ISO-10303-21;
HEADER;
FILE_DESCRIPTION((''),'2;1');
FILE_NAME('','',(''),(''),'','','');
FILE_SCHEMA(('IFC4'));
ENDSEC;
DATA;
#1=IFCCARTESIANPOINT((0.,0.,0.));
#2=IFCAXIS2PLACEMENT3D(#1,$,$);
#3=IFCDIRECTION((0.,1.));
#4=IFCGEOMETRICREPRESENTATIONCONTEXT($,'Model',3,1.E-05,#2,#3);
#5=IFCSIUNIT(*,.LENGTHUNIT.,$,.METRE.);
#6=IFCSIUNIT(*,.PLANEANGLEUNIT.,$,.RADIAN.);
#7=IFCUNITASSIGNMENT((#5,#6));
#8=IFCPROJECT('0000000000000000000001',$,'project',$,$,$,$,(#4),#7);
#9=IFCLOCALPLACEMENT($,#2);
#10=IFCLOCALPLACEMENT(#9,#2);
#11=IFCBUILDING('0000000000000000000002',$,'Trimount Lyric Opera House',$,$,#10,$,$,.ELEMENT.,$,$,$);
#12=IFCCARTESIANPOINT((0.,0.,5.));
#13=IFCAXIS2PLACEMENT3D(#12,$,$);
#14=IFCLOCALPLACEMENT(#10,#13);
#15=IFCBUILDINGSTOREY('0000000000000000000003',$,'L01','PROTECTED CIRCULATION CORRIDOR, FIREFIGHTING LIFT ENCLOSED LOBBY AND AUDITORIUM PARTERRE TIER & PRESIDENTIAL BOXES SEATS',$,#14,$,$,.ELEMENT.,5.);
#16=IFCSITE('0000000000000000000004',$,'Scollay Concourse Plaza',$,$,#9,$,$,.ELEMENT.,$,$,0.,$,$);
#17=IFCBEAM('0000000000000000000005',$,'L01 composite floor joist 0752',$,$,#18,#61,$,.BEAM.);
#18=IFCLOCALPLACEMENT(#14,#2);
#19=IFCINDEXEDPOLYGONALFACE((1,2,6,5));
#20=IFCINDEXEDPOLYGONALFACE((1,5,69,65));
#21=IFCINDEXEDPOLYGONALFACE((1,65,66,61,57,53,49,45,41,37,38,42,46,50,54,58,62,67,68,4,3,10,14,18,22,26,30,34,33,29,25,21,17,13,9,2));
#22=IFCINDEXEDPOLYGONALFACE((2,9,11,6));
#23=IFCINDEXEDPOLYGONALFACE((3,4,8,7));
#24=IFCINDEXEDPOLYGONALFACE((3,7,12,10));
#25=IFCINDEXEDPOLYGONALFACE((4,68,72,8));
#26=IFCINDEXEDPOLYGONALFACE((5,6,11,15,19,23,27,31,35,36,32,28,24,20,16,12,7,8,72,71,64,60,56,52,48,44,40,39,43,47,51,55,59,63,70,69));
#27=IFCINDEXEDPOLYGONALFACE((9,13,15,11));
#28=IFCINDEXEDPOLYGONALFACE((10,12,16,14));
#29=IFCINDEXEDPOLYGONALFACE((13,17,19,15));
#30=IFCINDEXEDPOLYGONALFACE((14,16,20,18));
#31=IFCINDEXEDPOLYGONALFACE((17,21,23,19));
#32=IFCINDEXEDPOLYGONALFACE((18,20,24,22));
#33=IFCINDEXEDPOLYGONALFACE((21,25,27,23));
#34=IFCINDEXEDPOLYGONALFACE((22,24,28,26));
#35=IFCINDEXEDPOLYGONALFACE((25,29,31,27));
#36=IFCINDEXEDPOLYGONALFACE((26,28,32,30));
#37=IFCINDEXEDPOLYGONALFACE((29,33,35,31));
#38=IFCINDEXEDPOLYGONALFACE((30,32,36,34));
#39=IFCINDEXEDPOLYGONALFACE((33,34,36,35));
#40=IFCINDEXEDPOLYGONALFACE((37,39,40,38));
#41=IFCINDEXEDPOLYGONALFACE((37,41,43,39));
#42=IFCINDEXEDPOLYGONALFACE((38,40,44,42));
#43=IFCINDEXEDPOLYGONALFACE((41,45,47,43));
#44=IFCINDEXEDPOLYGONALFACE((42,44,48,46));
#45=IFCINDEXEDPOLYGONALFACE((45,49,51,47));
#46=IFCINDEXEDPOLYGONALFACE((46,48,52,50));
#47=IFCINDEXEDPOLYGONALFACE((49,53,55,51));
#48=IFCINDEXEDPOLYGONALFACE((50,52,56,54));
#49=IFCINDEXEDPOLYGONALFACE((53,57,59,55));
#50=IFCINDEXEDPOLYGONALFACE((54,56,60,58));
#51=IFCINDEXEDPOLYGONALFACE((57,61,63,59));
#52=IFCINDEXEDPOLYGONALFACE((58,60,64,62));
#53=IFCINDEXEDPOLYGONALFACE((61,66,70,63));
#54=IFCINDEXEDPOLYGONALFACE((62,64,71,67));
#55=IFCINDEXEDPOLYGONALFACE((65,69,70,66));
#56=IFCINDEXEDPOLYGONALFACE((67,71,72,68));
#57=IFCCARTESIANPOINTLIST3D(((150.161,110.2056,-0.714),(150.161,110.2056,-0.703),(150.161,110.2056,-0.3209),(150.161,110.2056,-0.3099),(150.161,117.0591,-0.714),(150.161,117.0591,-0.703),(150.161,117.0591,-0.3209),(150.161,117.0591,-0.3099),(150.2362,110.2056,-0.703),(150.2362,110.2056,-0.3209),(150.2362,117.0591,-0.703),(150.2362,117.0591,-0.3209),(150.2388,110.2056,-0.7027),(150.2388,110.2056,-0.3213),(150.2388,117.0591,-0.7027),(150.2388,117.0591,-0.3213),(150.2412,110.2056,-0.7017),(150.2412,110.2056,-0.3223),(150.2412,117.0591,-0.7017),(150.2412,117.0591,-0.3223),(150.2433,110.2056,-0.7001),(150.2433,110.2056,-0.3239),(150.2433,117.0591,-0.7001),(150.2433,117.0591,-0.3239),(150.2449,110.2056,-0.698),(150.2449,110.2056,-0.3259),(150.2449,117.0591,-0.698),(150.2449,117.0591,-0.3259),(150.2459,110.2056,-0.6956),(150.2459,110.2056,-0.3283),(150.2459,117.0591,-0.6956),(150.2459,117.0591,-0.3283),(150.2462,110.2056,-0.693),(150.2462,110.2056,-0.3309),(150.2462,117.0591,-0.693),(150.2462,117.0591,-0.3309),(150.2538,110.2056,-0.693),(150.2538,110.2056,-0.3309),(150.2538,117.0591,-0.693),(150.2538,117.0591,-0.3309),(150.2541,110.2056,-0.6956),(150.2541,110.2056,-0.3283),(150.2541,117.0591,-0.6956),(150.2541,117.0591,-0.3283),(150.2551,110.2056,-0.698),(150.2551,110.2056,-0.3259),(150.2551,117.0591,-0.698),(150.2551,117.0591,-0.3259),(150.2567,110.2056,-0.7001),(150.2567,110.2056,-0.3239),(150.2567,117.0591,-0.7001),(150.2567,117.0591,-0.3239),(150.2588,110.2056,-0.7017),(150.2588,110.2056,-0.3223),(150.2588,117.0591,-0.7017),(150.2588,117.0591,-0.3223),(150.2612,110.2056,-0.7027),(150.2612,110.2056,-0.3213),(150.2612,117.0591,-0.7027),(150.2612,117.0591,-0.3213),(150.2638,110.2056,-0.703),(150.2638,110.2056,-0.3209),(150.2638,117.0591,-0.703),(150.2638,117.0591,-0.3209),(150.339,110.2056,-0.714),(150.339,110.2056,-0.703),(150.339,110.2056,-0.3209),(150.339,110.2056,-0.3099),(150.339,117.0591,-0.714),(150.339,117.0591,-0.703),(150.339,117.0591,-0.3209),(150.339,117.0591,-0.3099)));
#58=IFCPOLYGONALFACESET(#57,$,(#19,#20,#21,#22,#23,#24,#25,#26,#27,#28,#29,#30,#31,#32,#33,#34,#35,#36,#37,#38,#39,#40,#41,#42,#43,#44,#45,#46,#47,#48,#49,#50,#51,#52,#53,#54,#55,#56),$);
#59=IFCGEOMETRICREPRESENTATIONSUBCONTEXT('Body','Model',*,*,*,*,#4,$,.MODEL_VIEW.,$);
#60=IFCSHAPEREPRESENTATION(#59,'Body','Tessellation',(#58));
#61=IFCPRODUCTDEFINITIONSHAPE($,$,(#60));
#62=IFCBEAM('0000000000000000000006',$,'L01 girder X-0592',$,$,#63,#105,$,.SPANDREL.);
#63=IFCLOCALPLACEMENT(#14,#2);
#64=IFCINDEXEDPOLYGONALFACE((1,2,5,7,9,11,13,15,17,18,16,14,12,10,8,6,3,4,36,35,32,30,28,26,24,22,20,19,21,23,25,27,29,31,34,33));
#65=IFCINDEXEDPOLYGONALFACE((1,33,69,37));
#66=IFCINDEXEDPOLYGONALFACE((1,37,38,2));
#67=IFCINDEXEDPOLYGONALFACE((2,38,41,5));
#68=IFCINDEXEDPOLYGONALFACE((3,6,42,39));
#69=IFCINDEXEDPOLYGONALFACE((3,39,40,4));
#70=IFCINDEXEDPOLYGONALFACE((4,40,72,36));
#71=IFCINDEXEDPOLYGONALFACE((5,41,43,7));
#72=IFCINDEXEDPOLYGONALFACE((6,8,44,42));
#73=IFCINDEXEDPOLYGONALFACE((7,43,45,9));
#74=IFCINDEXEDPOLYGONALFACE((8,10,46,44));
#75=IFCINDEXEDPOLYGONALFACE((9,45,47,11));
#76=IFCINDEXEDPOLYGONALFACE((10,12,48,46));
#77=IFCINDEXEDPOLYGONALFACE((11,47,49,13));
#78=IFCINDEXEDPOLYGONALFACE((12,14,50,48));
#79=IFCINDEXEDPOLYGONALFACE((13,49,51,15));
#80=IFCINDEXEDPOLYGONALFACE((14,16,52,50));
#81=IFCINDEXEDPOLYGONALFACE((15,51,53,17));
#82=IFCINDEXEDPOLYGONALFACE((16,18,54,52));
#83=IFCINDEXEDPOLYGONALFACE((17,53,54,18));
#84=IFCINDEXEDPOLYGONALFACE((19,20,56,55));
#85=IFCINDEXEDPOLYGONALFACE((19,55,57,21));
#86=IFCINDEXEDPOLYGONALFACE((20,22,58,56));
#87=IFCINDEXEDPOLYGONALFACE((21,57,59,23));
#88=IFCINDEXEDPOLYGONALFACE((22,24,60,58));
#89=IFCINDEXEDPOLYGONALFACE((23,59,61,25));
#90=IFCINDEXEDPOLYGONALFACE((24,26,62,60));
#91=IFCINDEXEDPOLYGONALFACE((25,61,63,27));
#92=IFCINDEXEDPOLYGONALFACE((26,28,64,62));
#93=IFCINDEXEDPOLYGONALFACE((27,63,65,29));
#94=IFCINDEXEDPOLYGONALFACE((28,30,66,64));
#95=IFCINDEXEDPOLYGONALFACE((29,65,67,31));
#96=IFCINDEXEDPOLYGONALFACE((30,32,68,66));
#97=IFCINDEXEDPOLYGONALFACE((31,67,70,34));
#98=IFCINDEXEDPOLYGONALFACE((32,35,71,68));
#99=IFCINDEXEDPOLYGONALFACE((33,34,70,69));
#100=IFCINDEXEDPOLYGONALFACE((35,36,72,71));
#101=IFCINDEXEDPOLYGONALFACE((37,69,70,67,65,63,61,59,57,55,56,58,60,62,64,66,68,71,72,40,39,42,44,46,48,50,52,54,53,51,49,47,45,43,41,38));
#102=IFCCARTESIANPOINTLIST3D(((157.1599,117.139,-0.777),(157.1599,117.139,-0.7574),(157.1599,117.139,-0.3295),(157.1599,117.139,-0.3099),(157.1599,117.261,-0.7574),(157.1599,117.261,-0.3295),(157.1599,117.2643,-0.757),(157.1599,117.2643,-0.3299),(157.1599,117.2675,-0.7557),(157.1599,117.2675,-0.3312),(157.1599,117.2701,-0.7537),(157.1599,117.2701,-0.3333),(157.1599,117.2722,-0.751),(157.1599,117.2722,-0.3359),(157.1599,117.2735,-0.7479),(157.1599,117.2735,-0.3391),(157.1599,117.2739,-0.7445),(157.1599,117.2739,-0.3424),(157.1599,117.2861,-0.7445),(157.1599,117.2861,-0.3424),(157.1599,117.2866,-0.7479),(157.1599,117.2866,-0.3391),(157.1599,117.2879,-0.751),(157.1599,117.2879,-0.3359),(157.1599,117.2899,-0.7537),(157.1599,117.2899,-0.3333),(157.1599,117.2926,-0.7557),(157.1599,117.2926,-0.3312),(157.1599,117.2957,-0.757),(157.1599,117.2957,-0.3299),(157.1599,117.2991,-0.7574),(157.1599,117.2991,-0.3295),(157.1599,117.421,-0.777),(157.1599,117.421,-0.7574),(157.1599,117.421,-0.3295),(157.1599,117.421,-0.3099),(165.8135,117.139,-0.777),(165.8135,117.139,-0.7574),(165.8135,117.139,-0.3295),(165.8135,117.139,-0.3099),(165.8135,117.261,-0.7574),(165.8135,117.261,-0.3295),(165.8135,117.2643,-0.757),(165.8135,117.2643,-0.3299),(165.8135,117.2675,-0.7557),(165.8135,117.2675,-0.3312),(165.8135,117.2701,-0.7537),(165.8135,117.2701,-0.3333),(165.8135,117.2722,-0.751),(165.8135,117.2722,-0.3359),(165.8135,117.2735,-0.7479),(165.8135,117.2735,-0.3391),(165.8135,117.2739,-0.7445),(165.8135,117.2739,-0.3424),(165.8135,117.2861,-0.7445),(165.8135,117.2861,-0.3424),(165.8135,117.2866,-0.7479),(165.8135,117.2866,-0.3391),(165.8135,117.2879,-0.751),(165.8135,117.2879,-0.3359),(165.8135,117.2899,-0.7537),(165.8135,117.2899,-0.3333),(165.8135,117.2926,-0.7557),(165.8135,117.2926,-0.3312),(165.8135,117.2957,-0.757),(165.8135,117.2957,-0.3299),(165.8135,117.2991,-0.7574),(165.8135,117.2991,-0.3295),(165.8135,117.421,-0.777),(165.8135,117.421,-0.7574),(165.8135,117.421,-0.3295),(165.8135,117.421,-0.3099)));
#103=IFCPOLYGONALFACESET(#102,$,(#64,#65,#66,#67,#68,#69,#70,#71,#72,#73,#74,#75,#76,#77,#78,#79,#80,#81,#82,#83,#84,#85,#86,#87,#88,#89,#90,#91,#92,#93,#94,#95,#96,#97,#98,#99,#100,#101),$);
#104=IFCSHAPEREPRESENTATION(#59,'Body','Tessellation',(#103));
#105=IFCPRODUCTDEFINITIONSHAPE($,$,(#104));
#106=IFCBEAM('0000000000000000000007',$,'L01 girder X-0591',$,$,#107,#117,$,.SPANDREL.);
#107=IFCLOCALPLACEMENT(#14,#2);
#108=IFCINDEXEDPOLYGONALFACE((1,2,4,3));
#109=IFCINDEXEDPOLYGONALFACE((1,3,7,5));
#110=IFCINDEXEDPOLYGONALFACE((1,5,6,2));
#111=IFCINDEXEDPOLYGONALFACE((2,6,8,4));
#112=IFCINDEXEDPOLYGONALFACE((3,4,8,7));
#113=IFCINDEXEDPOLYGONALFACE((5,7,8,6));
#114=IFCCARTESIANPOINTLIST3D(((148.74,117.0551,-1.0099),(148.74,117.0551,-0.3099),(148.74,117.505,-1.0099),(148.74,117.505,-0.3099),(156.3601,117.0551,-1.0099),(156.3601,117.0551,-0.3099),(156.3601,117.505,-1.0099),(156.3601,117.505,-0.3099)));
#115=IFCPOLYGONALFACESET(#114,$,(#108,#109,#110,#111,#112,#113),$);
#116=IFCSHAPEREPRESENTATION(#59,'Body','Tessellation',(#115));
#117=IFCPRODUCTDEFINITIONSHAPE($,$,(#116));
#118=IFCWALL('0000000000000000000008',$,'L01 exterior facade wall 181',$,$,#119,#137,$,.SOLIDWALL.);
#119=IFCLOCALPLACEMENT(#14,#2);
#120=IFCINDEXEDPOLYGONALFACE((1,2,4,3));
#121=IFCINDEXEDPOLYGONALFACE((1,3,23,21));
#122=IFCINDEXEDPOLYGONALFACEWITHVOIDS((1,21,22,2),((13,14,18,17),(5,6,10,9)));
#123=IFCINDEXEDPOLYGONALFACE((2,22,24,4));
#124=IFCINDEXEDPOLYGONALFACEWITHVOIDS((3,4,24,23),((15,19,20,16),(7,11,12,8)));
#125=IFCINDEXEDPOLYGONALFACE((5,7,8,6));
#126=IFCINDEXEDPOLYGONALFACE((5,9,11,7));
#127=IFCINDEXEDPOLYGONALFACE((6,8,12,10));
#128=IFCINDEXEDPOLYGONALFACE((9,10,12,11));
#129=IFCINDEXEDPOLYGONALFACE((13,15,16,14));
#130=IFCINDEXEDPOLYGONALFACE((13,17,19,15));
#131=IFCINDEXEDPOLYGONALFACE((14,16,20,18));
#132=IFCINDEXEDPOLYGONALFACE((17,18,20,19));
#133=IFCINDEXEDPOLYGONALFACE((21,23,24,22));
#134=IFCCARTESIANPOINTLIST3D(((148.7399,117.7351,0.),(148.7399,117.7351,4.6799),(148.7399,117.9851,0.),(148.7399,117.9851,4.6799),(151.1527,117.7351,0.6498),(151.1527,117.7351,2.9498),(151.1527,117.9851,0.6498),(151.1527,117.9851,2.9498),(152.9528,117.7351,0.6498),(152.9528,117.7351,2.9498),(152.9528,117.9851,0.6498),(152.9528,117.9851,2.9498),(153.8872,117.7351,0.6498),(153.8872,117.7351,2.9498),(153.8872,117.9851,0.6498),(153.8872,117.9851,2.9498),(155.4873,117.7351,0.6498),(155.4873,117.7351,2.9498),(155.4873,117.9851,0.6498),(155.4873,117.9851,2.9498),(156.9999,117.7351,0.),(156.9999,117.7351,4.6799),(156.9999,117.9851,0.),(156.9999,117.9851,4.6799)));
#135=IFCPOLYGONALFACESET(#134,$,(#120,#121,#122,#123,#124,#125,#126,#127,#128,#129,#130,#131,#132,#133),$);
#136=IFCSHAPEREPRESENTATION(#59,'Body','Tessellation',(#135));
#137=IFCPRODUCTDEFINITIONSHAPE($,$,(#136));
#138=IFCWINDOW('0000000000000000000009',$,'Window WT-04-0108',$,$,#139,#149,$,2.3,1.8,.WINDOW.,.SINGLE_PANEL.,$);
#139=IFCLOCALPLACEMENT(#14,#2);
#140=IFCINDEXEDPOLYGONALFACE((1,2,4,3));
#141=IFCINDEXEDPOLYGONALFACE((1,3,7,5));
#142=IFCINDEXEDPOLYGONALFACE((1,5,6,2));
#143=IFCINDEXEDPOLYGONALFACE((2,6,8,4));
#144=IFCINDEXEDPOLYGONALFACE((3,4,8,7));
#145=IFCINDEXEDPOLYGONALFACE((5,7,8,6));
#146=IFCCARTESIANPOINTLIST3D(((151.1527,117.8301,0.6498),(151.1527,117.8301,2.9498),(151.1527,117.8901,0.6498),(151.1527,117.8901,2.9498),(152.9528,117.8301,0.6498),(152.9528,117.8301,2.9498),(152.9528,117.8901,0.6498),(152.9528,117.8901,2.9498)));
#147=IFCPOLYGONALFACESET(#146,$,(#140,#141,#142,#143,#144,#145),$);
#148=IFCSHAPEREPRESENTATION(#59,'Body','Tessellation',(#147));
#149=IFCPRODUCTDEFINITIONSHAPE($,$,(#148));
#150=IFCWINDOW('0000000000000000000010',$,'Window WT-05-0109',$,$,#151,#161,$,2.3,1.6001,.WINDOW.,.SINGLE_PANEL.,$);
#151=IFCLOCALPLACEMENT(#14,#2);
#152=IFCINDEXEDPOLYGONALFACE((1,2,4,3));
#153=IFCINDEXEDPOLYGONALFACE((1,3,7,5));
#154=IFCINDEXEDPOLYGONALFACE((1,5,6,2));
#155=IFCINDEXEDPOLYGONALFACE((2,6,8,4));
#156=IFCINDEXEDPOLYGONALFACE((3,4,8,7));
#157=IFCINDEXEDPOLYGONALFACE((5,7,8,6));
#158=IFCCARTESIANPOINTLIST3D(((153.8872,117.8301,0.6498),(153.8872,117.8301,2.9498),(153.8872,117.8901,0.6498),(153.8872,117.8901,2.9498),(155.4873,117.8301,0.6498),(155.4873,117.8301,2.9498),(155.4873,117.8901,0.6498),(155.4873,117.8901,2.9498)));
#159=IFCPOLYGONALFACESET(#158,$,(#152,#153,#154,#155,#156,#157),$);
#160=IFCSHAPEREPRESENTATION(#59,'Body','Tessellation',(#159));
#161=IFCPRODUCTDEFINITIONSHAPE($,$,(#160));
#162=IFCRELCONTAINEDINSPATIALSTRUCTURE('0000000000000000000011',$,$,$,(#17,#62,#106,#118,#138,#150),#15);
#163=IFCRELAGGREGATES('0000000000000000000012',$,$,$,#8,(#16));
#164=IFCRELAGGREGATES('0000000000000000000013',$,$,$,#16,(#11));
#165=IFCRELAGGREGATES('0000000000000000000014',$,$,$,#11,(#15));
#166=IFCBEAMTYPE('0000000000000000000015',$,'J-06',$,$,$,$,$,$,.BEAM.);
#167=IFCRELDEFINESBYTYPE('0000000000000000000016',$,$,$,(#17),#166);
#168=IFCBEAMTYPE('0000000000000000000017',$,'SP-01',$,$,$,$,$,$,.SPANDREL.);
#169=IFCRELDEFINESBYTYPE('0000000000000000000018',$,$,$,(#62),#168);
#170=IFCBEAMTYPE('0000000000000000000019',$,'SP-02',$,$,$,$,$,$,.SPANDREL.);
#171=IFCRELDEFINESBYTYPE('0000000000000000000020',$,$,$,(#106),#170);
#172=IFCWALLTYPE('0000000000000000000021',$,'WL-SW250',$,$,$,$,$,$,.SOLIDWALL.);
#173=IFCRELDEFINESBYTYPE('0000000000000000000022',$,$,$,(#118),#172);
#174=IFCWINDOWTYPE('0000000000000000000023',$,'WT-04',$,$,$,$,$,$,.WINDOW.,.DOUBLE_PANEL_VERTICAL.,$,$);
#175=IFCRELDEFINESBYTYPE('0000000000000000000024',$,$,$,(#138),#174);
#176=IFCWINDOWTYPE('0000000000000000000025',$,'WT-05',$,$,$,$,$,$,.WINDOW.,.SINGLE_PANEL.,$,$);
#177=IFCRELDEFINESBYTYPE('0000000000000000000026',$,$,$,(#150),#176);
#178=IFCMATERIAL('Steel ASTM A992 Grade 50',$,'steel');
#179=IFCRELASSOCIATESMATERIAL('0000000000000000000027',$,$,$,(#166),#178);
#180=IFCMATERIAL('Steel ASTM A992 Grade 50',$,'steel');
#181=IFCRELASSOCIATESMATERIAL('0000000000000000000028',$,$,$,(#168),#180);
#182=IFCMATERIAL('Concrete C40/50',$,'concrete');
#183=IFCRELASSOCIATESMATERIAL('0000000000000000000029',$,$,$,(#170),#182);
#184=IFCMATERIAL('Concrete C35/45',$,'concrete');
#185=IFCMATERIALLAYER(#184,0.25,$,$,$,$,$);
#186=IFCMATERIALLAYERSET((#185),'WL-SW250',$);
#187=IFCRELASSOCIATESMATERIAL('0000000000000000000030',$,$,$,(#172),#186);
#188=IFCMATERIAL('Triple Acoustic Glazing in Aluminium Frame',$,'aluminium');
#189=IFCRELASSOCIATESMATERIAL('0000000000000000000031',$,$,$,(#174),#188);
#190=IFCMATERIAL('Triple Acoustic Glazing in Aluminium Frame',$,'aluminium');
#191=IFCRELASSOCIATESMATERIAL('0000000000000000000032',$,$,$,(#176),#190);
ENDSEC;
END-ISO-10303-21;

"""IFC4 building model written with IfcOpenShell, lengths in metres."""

from ifc_helpers import new_model, si_unit, direction, frame, frame_2d, origin, origin_2d, place, context, subcontext, project, spatial, rectangle, i_section, extrude, material, layer, layer_set, material_profile, profile_set, type_object, element, fill, save


model = new_model("IFC4")

# Units and contexts
model_context = context("Model", 3, precision=1e-05, world=origin(), true_north=direction((0.0, 1.0)))
body_context = subcontext(model_context, "Body", "Model", "MODEL_VIEW")
ifc_project = project(units=[si_unit("LENGTHUNIT", "METRE"), si_unit("PLANEANGLEUNIT", "RADIAN")], contexts=[model_context])

# Site, building, storey
site_placement = place(None, origin())
site = spatial("IfcSite", under=ifc_project, at=site_placement, Name="Scollay Concourse Plaza", CompositionType="ELEMENT", RefElevation=0.0)
building_placement = place(site_placement, origin())
building = spatial("IfcBuilding", under=site, at=building_placement, Name="Trimount Lyric Opera House", CompositionType="ELEMENT")
storey_placement = place(building_placement, frame((0.0, 0.0, 5.0)))
storey = spatial("IfcBuildingStorey", under=building, at=storey_placement, Name="L01", Description="PROTECTED CIRCULATION CORRIDOR, FIREFIGHTING LIFT ENCLOSED LOBBY AND AUDITORIUM PARTERRE TIER & PRESIDENTIAL BOXES SEATS", CompositionType="ELEMENT", Elevation=5.0)

# Beams
ifc_material_1 = material(Name="Steel ASTM A992 Grade 50", Category="steel")
ifc_material_profile_1 = material_profile(ifc_material_1, i_section(OverallWidth=0.178, OverallDepth=0.4041, WebThickness=0.0076, FlangeThickness=0.011, FilletRadius=0.01, at=origin_2d()), Name="W16X36")
ifc_profile_set_1 = profile_set([ifc_material_profile_1], Name="Steel ASTM A992 Grade 50")
beam_type_1 = type_object("IfcBeamType", Name="J-06", PredefinedType="BEAM", material=ifc_profile_set_1)
beam_1_placement = place(storey_placement, frame((150.25, 110.2056, -0.512), z_axis=(0.0, 1.0, 0.0), x_axis=(-1.0, 0.0, 0.0)))
element("IfcBeam", 1, at=beam_1_placement, inside=storey, type_object=beam_type_1, Name="L01 composite floor joist 0752", PredefinedType="BEAM", context=body_context, shape_type="SweptSolid", body=[
    extrude(i_section(OverallWidth=0.178, OverallDepth=0.4041, WebThickness=0.0076, FlangeThickness=0.011, FilletRadius=0.01, at=origin_2d()), origin(), (0.0, 0.0, 1.0), 6.8535),
])
ifc_material_2 = material(Name="Steel ASTM A992 Grade 50", Category="steel")
ifc_material_profile_2 = material_profile(ifc_material_2, i_section(OverallWidth=0.282, OverallDepth=0.467, WebThickness=0.0122, FlangeThickness=0.0195, FilletRadius=0.0129, at=origin_2d()), Name="W18X86")
ifc_profile_set_2 = profile_set([ifc_material_profile_2], Name="Steel ASTM A992 Grade 50")
beam_type_2 = type_object("IfcBeamType", Name="SP-01", PredefinedType="SPANDREL", material=ifc_profile_set_2)
beam_2_placement = place(storey_placement, frame((157.1599, 117.28, -0.5435), z_axis=(1.0, 0.0, 0.0), x_axis=(0.0, 1.0, 0.0)))
element("IfcBeam", 2, at=beam_2_placement, inside=storey, type_object=beam_type_2, Name="L01 girder X-0592", PredefinedType="SPANDREL", context=body_context, shape_type="SweptSolid", body=[
    extrude(i_section(OverallWidth=0.282, OverallDepth=0.467, WebThickness=0.0122, FlangeThickness=0.0195, FilletRadius=0.0129, at=origin_2d()), origin(), (0.0, 0.0, 1.0), 8.6536),
])
ifc_material_3 = material(Name="Concrete C40/50", Category="concrete")
ifc_material_profile_3 = material_profile(ifc_material_3, rectangle(XDim=0.45, YDim=0.7, at=origin_2d()), Name="RC450X700")
ifc_profile_set_3 = profile_set([ifc_material_profile_3], Name="Concrete C40/50")
beam_type_3 = type_object("IfcBeamType", Name="SP-02", PredefinedType="SPANDREL", material=ifc_profile_set_3)
beam_3_placement = place(storey_placement, frame((148.74, 117.28, -0.6599), z_axis=(1.0, 0.0, 0.0), x_axis=(0.0, 1.0, 0.0)))
element("IfcBeam", 3, at=beam_3_placement, inside=storey, type_object=beam_type_3, Name="L01 girder X-0591", PredefinedType="SPANDREL", context=body_context, shape_type="SweptSolid", body=[
    extrude(rectangle(XDim=0.45, YDim=0.7, at=origin_2d()), origin(), (0.0, 0.0, 1.0), 7.6201),
])

# Wall, openings, windows
ifc_material_4 = material(Name="Concrete C35/45", Category="concrete")
ifc_layer_1 = layer(ifc_material_4, 0.25)
ifc_layer_set_1 = layer_set([ifc_layer_1], Name="WL-SW250")
wall_type = type_object("IfcWallType", Name="WL-SW250", PredefinedType="SOLIDWALL", material=ifc_layer_set_1)
wall_1_placement = place(storey_placement, frame((148.74, 117.8601, 0.0), z_axis=(0.0, 0.0, 1.0), x_axis=(1.0, 0.0, 0.0)))
wall_1 = element("IfcWall", 4, at=wall_1_placement, inside=storey, type_object=wall_type, Name="L01 exterior facade wall 181", PredefinedType="SOLIDWALL", context=body_context, shape_type="SweptSolid", body=[
    extrude(rectangle(XDim=8.26, YDim=0.25, at=frame_2d((4.1299, 0.0))), origin(), (0.0, 0.0, 1.0), 4.6799),
])
opening_1_placement = place(wall_1_placement, frame((2.4128, 0.0, 0.6499)))
opening_1 = element("IfcOpeningElement", 5, at=opening_1_placement, cuts=wall_1, PredefinedType="OPENING", context=body_context, shape_type="SweptSolid", body=[
    extrude(rectangle(XDim=1.8, YDim=2.3, at=frame_2d((0.8999, 1.1499))), frame((0.0, 0.135, 0.0), z_axis=(0.0, -1.0, 0.0), x_axis=(1.0, 0.0, 0.0)), (0.0, 0.0, 1.0), 0.27),
])
opening_2_placement = place(wall_1_placement, frame((5.1472, 0.0, 0.6499)))
opening_2 = element("IfcOpeningElement", 6, at=opening_2_placement, cuts=wall_1, PredefinedType="OPENING", context=body_context, shape_type="SweptSolid", body=[
    extrude(rectangle(XDim=1.6001, YDim=2.3, at=frame_2d((0.8, 1.1499))), frame((0.0, 0.135, 0.0), z_axis=(0.0, -1.0, 0.0), x_axis=(1.0, 0.0, 0.0)), (0.0, 0.0, 1.0), 0.27),
])
ifc_material_5 = material(Name="Triple Acoustic Glazing in Aluminium Frame", Category="aluminium")
window_type_1 = type_object("IfcWindowType", Name="WT-04", PartitioningType="DOUBLE_PANEL_VERTICAL", PredefinedType="WINDOW", material=ifc_material_5)
window_1_placement = place(opening_1_placement, origin())
window_1 = element("IfcWindow", 7, at=window_1_placement, inside=storey, type_object=window_type_1, Name="Window WT-04-0108", OverallHeight=2.3, OverallWidth=1.8, PartitioningType="SINGLE_PANEL", PredefinedType="WINDOW", context=body_context, shape_type="SweptSolid", body=[
    extrude(rectangle(XDim=1.8, YDim=2.3, at=frame_2d((0.8999, 1.1499))), frame((0.0, 0.03, 0.0), z_axis=(0.0, -1.0, 0.0), x_axis=(1.0, 0.0, 0.0)), (0.0, 0.0, 1.0), 0.0601),
])
fill(opening_1, window_1)
ifc_material_6 = material(Name="Triple Acoustic Glazing in Aluminium Frame", Category="aluminium")
window_type_2 = type_object("IfcWindowType", Name="WT-05", PartitioningType="SINGLE_PANEL", PredefinedType="WINDOW", material=ifc_material_6)
window_2_placement = place(opening_2_placement, origin())
window_2 = element("IfcWindow", 8, at=window_2_placement, inside=storey, type_object=window_type_2, Name="Window WT-05-0109", OverallHeight=2.3, OverallWidth=1.6001, PartitioningType="SINGLE_PANEL", PredefinedType="WINDOW", context=body_context, shape_type="SweptSolid", body=[
    extrude(rectangle(XDim=1.6001, YDim=2.3, at=frame_2d((0.8, 1.1499))), frame((0.0, 0.03, 0.0), z_axis=(0.0, -1.0, 0.0), x_axis=(1.0, 0.0, 0.0)), (0.0, 0.0, 1.0), 0.0601),
])
fill(opening_2, window_2)

save(model, "model.ifc")
